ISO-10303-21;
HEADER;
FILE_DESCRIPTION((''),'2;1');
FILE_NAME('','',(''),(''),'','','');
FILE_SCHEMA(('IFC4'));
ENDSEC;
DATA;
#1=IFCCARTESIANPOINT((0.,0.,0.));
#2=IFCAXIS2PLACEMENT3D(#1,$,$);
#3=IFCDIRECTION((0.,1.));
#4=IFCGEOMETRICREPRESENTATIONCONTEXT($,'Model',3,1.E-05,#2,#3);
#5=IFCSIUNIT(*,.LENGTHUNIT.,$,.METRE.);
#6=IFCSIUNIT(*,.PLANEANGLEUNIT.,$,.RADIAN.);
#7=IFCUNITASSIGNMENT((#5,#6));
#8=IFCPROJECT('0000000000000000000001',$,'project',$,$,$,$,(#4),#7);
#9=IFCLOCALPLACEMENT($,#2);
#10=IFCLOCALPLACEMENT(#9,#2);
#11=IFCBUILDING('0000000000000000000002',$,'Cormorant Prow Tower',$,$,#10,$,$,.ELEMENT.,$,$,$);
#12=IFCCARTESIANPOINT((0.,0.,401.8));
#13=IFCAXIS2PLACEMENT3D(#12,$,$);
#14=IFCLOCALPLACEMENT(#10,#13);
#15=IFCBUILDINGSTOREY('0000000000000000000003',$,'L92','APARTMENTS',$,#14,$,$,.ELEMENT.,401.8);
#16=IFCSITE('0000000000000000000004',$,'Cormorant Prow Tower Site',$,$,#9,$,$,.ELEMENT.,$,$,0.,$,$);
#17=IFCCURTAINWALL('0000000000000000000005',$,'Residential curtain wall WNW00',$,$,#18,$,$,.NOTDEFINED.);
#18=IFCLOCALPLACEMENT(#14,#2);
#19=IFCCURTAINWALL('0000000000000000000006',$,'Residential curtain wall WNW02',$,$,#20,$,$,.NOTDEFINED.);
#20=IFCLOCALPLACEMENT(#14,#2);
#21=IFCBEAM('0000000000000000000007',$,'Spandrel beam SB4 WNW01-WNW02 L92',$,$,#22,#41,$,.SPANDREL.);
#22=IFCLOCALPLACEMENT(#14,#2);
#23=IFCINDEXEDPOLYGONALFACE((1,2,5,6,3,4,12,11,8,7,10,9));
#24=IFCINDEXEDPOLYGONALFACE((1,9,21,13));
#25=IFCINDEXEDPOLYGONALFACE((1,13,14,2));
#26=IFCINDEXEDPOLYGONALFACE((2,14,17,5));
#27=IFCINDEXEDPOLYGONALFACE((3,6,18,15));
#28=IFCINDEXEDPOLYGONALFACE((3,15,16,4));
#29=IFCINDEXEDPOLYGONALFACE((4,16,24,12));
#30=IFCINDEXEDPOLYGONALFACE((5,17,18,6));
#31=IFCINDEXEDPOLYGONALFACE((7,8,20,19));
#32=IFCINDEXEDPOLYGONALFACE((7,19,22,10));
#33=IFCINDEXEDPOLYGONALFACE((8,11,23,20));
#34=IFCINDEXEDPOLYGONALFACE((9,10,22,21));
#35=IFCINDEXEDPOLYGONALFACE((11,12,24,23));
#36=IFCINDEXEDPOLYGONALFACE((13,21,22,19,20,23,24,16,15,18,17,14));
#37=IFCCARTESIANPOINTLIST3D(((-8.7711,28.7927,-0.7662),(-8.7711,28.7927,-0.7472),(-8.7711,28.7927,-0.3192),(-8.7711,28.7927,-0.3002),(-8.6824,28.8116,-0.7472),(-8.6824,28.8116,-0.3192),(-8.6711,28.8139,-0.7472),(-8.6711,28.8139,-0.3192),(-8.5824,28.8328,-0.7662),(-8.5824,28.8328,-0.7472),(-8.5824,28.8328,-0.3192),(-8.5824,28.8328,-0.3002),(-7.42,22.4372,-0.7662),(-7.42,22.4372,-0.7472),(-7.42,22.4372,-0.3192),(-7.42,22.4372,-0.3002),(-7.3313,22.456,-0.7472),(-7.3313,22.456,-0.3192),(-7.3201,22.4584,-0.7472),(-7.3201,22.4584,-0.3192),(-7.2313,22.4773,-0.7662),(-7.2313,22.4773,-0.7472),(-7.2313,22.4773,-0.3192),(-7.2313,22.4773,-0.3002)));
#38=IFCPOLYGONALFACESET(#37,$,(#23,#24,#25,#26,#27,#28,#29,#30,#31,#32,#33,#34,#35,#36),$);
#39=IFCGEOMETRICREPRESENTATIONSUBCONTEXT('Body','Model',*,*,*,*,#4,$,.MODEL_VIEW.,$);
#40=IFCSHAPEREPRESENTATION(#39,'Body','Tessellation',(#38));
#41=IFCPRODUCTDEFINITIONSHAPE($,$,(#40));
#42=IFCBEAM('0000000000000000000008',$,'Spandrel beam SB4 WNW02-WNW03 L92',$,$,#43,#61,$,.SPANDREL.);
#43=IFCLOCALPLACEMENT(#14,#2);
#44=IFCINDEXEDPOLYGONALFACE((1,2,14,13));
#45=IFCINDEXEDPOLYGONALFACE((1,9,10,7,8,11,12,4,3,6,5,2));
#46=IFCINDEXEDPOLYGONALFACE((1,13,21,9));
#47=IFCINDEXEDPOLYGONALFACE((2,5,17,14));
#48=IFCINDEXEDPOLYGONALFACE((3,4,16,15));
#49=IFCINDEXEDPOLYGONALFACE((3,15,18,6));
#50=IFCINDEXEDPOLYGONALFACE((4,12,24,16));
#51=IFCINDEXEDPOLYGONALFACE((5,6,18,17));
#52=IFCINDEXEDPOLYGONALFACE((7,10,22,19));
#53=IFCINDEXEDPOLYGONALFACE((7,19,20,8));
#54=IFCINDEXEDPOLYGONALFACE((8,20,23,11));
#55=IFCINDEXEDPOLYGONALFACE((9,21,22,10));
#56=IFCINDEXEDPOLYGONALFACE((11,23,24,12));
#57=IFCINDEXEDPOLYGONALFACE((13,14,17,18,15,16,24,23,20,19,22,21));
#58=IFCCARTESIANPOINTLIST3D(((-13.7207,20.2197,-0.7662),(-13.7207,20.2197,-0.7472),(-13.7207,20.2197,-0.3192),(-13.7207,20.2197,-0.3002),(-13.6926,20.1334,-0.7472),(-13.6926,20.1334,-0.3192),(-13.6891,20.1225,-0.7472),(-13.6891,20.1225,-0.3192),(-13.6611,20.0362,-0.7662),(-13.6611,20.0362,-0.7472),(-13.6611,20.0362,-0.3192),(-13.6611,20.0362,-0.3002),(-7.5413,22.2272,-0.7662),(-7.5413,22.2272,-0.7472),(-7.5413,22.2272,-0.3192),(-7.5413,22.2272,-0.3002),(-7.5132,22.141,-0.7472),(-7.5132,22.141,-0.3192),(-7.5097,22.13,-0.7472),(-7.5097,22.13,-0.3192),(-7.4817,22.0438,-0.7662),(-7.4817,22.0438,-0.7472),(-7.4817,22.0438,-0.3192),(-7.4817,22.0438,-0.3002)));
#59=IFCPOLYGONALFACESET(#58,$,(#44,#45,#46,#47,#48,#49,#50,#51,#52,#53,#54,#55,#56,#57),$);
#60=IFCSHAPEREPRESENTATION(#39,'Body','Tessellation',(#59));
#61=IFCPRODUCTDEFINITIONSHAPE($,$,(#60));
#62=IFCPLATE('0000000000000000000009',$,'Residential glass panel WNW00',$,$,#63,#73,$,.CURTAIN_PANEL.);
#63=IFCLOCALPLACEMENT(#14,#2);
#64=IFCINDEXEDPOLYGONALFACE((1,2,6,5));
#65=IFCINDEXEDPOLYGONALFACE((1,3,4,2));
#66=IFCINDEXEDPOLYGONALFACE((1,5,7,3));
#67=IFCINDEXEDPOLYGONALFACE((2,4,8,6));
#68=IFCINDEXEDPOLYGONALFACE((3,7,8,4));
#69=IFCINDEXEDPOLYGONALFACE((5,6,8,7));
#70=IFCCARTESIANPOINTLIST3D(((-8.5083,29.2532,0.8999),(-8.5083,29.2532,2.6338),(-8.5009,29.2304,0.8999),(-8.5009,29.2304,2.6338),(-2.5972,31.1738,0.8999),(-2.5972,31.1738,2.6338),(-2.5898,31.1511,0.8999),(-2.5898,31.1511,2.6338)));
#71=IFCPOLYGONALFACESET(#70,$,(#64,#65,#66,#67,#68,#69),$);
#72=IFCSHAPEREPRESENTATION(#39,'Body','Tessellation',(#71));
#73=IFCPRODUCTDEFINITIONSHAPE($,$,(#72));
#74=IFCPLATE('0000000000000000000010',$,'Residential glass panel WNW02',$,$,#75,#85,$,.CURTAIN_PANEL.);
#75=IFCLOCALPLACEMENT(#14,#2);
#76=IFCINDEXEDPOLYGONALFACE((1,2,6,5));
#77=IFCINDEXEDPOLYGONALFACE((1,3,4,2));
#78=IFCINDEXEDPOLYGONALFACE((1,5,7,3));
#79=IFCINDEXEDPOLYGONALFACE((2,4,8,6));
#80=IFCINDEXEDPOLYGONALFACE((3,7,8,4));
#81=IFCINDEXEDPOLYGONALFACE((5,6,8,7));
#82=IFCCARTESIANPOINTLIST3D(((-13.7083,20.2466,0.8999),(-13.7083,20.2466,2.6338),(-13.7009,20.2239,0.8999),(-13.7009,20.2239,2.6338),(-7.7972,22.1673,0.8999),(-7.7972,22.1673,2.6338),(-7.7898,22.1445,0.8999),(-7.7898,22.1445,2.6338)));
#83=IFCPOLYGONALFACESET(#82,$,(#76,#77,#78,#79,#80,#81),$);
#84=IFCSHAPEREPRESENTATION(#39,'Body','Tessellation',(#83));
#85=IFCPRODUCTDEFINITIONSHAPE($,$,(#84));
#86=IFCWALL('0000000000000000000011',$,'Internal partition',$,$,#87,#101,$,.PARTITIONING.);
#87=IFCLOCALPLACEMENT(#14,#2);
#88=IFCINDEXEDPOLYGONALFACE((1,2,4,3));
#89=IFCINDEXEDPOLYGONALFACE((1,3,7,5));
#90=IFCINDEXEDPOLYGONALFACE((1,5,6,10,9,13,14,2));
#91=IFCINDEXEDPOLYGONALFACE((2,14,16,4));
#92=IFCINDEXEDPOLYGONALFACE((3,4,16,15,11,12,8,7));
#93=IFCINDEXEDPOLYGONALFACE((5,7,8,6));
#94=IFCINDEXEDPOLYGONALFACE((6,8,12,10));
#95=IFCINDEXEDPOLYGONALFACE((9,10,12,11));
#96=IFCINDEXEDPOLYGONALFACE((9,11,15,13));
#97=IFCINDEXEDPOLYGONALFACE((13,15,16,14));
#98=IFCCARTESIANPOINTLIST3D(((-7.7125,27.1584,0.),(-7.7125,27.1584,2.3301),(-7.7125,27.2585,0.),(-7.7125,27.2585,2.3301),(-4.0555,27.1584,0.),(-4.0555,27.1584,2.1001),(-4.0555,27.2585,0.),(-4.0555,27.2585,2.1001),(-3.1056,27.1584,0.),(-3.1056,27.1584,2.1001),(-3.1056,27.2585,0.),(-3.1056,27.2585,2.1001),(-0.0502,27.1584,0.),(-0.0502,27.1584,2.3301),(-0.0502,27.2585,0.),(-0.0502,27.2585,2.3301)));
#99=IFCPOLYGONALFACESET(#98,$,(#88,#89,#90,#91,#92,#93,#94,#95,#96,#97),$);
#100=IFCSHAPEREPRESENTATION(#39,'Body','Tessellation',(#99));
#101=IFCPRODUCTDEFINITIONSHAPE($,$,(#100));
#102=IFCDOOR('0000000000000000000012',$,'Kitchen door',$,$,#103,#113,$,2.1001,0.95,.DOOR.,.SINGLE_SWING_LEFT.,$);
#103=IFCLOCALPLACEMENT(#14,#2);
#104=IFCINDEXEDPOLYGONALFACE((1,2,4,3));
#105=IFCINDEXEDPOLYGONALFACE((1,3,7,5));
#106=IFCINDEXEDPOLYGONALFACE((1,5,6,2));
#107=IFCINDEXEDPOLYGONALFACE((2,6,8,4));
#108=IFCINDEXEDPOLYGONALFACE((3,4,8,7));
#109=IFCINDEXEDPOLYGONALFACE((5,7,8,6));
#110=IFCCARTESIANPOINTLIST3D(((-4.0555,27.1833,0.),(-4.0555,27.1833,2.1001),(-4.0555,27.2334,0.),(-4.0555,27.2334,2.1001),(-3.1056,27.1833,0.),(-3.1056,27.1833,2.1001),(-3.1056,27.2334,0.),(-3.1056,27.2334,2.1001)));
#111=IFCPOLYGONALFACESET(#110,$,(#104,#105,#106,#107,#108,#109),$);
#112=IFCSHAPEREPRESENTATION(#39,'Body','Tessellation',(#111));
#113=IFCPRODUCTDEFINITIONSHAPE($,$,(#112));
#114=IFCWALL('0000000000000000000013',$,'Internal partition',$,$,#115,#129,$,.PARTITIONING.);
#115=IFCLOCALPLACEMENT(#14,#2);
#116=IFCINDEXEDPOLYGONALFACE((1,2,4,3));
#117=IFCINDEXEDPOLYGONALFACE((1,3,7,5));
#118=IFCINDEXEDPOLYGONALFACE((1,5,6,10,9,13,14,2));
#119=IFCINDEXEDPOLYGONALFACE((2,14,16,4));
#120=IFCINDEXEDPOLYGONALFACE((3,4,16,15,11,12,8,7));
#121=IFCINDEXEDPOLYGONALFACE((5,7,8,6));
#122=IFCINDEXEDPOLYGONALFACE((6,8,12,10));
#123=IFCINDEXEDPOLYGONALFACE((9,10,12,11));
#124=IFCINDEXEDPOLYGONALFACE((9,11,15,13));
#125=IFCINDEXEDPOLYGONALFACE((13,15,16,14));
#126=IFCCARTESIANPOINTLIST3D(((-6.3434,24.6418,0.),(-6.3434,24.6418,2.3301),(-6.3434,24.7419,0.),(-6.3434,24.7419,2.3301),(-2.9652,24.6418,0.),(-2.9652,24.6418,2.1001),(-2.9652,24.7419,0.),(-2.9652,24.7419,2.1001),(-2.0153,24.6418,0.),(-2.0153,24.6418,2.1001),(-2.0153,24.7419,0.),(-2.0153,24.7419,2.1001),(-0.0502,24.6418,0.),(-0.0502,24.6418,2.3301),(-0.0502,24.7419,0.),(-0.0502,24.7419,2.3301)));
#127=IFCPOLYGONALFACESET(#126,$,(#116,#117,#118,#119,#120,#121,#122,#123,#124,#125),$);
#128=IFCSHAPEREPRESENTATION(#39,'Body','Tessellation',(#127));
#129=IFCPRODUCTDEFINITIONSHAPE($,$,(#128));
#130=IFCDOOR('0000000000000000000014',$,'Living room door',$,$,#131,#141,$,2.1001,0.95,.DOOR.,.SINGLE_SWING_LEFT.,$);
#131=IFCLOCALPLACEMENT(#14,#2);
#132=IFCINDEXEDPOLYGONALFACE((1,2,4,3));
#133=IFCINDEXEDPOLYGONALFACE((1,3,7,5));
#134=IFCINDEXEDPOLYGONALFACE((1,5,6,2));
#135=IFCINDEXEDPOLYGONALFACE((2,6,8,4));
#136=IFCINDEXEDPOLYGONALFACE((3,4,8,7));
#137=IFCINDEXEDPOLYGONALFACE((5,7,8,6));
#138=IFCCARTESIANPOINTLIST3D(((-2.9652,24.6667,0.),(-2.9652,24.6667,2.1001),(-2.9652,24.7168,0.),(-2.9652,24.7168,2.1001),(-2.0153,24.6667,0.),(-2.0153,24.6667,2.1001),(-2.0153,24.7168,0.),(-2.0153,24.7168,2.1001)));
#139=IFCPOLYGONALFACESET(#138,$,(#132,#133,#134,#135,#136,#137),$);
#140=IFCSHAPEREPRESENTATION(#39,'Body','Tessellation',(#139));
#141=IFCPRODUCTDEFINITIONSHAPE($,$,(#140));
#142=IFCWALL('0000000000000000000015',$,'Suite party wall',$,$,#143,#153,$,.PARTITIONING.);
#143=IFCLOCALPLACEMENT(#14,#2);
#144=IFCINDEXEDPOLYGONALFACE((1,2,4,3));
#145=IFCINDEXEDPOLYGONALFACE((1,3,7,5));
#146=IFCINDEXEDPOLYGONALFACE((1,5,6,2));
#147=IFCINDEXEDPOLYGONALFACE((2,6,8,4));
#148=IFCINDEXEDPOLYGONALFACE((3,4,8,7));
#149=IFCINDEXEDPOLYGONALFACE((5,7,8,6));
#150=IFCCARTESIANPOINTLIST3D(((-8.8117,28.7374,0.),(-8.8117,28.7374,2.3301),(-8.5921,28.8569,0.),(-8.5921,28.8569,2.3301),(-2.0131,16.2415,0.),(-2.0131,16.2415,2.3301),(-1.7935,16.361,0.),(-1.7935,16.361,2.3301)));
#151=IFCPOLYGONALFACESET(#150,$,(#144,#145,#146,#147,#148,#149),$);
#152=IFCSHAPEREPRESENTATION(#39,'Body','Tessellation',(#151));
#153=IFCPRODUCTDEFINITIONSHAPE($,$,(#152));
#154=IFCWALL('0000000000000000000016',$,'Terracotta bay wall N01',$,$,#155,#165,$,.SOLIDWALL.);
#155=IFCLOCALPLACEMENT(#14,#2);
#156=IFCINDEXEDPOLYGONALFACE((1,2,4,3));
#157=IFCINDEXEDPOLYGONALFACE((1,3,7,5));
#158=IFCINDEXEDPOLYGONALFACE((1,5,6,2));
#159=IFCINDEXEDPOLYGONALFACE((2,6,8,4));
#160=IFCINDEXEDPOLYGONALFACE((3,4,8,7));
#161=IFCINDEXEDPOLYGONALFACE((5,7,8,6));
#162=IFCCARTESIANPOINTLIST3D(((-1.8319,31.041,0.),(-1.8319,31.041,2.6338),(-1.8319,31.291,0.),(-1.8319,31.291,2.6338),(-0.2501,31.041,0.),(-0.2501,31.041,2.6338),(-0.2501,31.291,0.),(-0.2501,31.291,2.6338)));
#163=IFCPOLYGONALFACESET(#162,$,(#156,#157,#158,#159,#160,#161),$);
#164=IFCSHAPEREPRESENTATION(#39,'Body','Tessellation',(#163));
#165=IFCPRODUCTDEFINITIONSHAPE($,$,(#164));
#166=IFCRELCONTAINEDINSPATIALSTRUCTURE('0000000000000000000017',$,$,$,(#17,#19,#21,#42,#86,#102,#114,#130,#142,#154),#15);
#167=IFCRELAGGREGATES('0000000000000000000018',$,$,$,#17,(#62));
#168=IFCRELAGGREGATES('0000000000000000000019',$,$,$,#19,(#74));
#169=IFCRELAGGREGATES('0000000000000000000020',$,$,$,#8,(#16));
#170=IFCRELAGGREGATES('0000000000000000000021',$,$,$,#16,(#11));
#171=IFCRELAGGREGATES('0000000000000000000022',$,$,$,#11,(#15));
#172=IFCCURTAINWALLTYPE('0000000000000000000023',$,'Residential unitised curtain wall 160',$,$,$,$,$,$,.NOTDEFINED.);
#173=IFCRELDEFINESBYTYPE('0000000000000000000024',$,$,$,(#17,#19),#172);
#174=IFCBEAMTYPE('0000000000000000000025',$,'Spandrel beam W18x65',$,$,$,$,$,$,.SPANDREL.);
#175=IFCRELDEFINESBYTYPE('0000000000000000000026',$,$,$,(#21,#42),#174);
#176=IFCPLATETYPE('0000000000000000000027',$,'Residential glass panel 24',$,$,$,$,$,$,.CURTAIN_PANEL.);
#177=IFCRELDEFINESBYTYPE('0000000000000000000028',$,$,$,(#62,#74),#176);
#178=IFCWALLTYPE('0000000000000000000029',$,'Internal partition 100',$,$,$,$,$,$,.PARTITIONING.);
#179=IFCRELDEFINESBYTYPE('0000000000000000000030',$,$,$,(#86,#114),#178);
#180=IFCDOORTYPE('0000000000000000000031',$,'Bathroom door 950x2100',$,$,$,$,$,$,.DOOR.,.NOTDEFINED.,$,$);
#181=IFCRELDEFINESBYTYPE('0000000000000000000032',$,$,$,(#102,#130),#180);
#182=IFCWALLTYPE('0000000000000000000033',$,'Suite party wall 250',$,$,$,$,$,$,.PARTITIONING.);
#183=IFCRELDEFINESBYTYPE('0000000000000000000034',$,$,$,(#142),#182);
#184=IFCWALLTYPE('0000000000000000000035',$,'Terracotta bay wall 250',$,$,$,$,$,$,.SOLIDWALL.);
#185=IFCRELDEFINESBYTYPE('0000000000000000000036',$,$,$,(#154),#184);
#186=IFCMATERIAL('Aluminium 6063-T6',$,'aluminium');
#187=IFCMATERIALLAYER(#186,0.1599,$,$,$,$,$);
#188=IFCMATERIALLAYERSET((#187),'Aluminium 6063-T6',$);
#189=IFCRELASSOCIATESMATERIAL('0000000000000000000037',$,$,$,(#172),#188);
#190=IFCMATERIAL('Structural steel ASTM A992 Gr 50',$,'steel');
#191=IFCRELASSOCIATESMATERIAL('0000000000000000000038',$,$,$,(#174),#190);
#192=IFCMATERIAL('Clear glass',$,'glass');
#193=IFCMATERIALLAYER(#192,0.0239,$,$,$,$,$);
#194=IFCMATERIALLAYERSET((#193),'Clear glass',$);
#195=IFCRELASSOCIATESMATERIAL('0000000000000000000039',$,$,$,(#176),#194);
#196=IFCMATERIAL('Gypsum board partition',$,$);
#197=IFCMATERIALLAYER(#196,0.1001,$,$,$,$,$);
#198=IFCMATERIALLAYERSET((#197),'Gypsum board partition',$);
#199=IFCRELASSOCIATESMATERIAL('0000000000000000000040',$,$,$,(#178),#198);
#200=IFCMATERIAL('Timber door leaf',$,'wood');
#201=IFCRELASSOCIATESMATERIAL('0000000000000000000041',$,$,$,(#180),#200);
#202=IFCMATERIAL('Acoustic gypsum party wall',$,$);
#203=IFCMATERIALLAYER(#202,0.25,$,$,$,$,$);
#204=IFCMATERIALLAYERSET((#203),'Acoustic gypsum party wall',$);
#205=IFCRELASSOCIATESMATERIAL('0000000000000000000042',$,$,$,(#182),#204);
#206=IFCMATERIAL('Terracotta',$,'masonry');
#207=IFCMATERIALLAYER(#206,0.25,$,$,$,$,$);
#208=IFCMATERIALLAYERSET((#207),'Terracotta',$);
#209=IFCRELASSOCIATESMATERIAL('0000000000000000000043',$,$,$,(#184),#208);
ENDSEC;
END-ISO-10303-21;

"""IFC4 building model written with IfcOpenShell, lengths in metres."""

from ifc_helpers import new_model, si_unit, direction, frame, frame_2d, origin, origin_2d, place, context, subcontext, project, spatial, rectangle, i_section, extrude, material, layer, layer_set, material_profile, profile_set, type_object, element, fill, aggregate, save


model = new_model("IFC4")

# Units and contexts
model_context = context("Model", 3, precision=1e-05, world=origin(), true_north=direction((0.0, 1.0)))
body_context = subcontext(model_context, "Body", "Model", "MODEL_VIEW")
ifc_project = project(units=[si_unit("LENGTHUNIT", "METRE"), si_unit("PLANEANGLEUNIT", "RADIAN")], contexts=[model_context])

# Site, building, storey
site_placement = place(None, origin())
site = spatial("IfcSite", under=ifc_project, at=site_placement, Name="Cormorant Prow Tower Site", CompositionType="ELEMENT", RefElevation=0.0)
building_placement = place(site_placement, origin())
building = spatial("IfcBuilding", under=site, at=building_placement, Name="Cormorant Prow Tower", CompositionType="ELEMENT")
storey_placement = place(building_placement, frame((0.0, 0.0, 401.8)))
storey = spatial("IfcBuildingStorey", under=building, at=storey_placement, Name="L92", Description="APARTMENTS", CompositionType="ELEMENT", Elevation=401.8)

# Curtain walls
ifc_material_1 = material(Name="Aluminium 6063-T6", Category="aluminium")
ifc_layer_1 = layer(ifc_material_1, 0.1599)
ifc_layer_set_1 = layer_set([ifc_layer_1], Name="Aluminium 6063-T6")
curtain_wall_type = type_object("IfcCurtainWallType", Name="Residential unitised curtain wall 160", PredefinedType="NOTDEFINED", material=ifc_layer_set_1)
curtain_wall_1_placement = place(storey_placement, origin())
curtain_wall_1 = element("IfcCurtainWall", 1, at=curtain_wall_1_placement, inside=storey, type_object=curtain_wall_type, Name="Residential curtain wall WNW00", PredefinedType="NOTDEFINED")
curtain_wall_2_placement = place(storey_placement, origin())
curtain_wall_2 = element("IfcCurtainWall", 2, at=curtain_wall_2_placement, inside=storey, type_object=curtain_wall_type, Name="Residential curtain wall WNW02", PredefinedType="NOTDEFINED")

# Beams
ifc_material_2 = material(Name="Structural steel ASTM A992 Gr 50", Category="steel")
ifc_material_profile_1 = material_profile(ifc_material_2, i_section(OverallWidth=0.1929, OverallDepth=0.4661, WebThickness=0.0115, FlangeThickness=0.019, at=origin_2d()), Name="W18x65")
ifc_profile_set_1 = profile_set([ifc_material_profile_1], Name="Structural steel ASTM A992 Gr 50")
beam_type = type_object("IfcBeamType", Name="Spandrel beam W18x65", PredefinedType="SPANDREL", material=ifc_profile_set_1)
for number, where, z_axis, x_axis, name in (
    (3, (-8.6768, 28.8127, -0.5332), (0.207938, -0.978142, 0.0), (0.978142, 0.207938, 0.0), "Spandrel beam SB4 WNW01-WNW02 L92"),
):
    element("IfcBeam", number, at=place(storey_placement, frame(where, z_axis=z_axis, x_axis=x_axis)), inside=storey, type_object=beam_type, Name=name, PredefinedType="SPANDREL", context=body_context, shape_type="SweptSolid", body=[
        extrude(i_section(OverallWidth=0.1929, OverallDepth=0.4661, WebThickness=0.0115, FlangeThickness=0.019, at=origin_2d()), origin(), (0.0, 0.0, 1.0), 6.4976),
    ])
beam_1_placement = place(storey_placement, frame((-7.5115, 22.1355, -0.5332), z_axis=(-0.951068, -0.308982, 0.0), x_axis=(0.308982, -0.951068, 0.0)))
element("IfcBeam", 4, at=beam_1_placement, inside=storey, type_object=beam_type, Name="Spandrel beam SB4 WNW02-WNW03 L92", PredefinedType="SPANDREL", context=body_context, shape_type="SweptSolid", body=[
    extrude(i_section(OverallWidth=0.1929, OverallDepth=0.4661, WebThickness=0.0115, FlangeThickness=0.019, at=origin_2d()), origin(), (0.0, 0.0, 1.0), 6.4973),
])

# Plates
ifc_material_3 = material(Name="Clear glass", Category="glass")
ifc_layer_2 = layer(ifc_material_3, 0.0239)
ifc_layer_set_2 = layer_set([ifc_layer_2], Name="Clear glass")
plate_type = type_object("IfcPlateType", Name="Residential glass panel 24", PredefinedType="CURTAIN_PANEL", material=ifc_layer_set_2)
plate_1_placement = place(storey_placement, frame((-5.5491, 30.2021, 0.8999), z_axis=(0.0, 0.0, 1.0), x_axis=(-0.951057, -0.309017, 0.0)))
plate_1 = element("IfcPlate", 5, at=plate_1_placement, type_object=plate_type, Name="Residential glass panel WNW00", PredefinedType="CURTAIN_PANEL", context=body_context, shape_type="SweptSolid", body=[
    extrude(rectangle(XDim=6.2153, YDim=0.0239, at=origin_2d()), origin(), (0.0, 0.0, 1.0), 1.7339),
])
aggregate(curtain_wall_1, [plate_1])
plate_2_placement = place(storey_placement, frame((-10.749, 21.1956, 0.8999), z_axis=(0.0, 0.0, 1.0), x_axis=(-0.951057, -0.309017, 0.0)))
plate_2 = element("IfcPlate", 6, at=plate_2_placement, type_object=plate_type, Name="Residential glass panel WNW02", PredefinedType="CURTAIN_PANEL", context=body_context, shape_type="SweptSolid", body=[
    extrude(rectangle(XDim=6.2153, YDim=0.0239, at=origin_2d()), origin(), (0.0, 0.0, 1.0), 1.7339),
])
aggregate(curtain_wall_2, [plate_2])

# Walls, openings, doors
ifc_material_4 = material(Name="Gypsum board partition")
ifc_layer_3 = layer(ifc_material_4, 0.1001)
ifc_layer_set_3 = layer_set([ifc_layer_3], Name="Gypsum board partition")
wall_type_1 = type_object("IfcWallType", Name="Internal partition 100", PredefinedType="PARTITIONING", material=ifc_layer_set_3)
wall_1_placement = place(storey_placement, frame((-7.7124, 27.2085, 0.0), z_axis=(0.0, 0.0, 1.0), x_axis=(1.0, 0.0, 0.0)))
wall_1 = element("IfcWall", 7, at=wall_1_placement, inside=storey, type_object=wall_type_1, Name="Internal partition", PredefinedType="PARTITIONING", context=body_context, shape_type="SweptSolid", body=[
    extrude(rectangle(XDim=7.6624, YDim=0.1001, at=frame_2d((3.8311, 0.0))), origin(), (0.0, 0.0, 1.0), 2.3301),
])
opening_1_placement = place(wall_1_placement, frame((3.6567, 0.0, 0.0)))
opening_1 = element("IfcOpeningElement", 8, at=opening_1_placement, cuts=wall_1, PredefinedType="OPENING", context=body_context, shape_type="SweptSolid", body=[
    extrude(rectangle(XDim=0.95, YDim=2.1001, at=frame_2d((0.4751, 1.05))), frame((0.0, 0.0601, 0.0), z_axis=(0.0, -1.0, 0.0), x_axis=(1.0, 0.0, 0.0)), (0.0, 0.0, 1.0), 0.1201),
])
ifc_material_5 = material(Name="Timber door leaf", Category="wood")
door_type_1 = type_object("IfcDoorType", Name="Bathroom door 950x2100", OperationType="NOTDEFINED", PredefinedType="DOOR", material=ifc_material_5)
door_1_placement = place(opening_1_placement, origin())
door_1 = element("IfcDoor", 9, at=door_1_placement, inside=storey, type_object=door_type_1, Name="Kitchen door", OperationType="SINGLE_SWING_LEFT", OverallHeight=2.1001, OverallWidth=0.95, PredefinedType="DOOR", context=body_context, shape_type="SweptSolid", body=[
    extrude(rectangle(XDim=0.95, YDim=2.1001, at=frame_2d((0.4751, 1.05))), frame((0.0, 0.0249, 0.0), z_axis=(0.0, -1.0, 0.0), x_axis=(1.0, 0.0, 0.0)), (0.0, 0.0, 1.0), 0.05),
])
fill(opening_1, door_1)
wall_2_placement = place(storey_placement, frame((-6.3433, 24.6919, 0.0), z_axis=(0.0, 0.0, 1.0), x_axis=(1.0, 0.0, 0.0)))
wall_2 = element("IfcWall", 10, at=wall_2_placement, inside=storey, type_object=wall_type_1, Name="Internal partition", PredefinedType="PARTITIONING", context=body_context, shape_type="SweptSolid", body=[
    extrude(rectangle(XDim=6.2932, YDim=0.1001, at=frame_2d((3.1465, 0.0))), origin(), (0.0, 0.0, 1.0), 2.3301),
])
opening_2_placement = place(wall_2_placement, frame((3.3779, 0.0, 0.0)))
opening_2 = element("IfcOpeningElement", 11, at=opening_2_placement, cuts=wall_2, PredefinedType="OPENING", context=body_context, shape_type="SweptSolid", body=[
    extrude(rectangle(XDim=0.95, YDim=2.1001, at=frame_2d((0.4751, 1.05))), frame((0.0, 0.0601, 0.0), z_axis=(0.0, -1.0, 0.0), x_axis=(1.0, 0.0, 0.0)), (0.0, 0.0, 1.0), 0.1201),
])
door_2_placement = place(opening_2_placement, origin())
door_2 = element("IfcDoor", 12, at=door_2_placement, inside=storey, type_object=door_type_1, Name="Living room door", OperationType="SINGLE_SWING_LEFT", OverallHeight=2.1001, OverallWidth=0.95, PredefinedType="DOOR", context=body_context, shape_type="SweptSolid", body=[
    extrude(rectangle(XDim=0.95, YDim=2.1001, at=frame_2d((0.4751, 1.05))), frame((0.0, 0.0249, 0.0), z_axis=(0.0, -1.0, 0.0), x_axis=(1.0, 0.0, 0.0)), (0.0, 0.0, 1.0), 0.05),
])
fill(opening_2, door_2)

# Walls
ifc_material_6 = material(Name="Acoustic gypsum party wall")
ifc_layer_4 = layer(ifc_material_6, 0.25)
ifc_layer_set_4 = layer_set([ifc_layer_4], Name="Acoustic gypsum party wall")
wall_type_2 = type_object("IfcWallType", Name="Suite party wall 250", PredefinedType="PARTITIONING", material=ifc_layer_set_4)
wall_3_placement = place(storey_placement, frame((-8.7019, 28.7971, 0.0), z_axis=(0.0, 0.0, 1.0), x_axis=(0.477913, -0.878407, 0.0)))
element("IfcWall", 13, at=wall_3_placement, inside=storey, type_object=wall_type_2, Name="Suite party wall", PredefinedType="PARTITIONING", context=body_context, shape_type="SweptSolid", body=[
    extrude(rectangle(XDim=14.2256, YDim=0.25, at=frame_2d((7.1128, 0.0))), origin(), (0.0, 0.0, 1.0), 2.3301),
])
ifc_material_7 = material(Name="Terracotta", Category="masonry")
ifc_layer_5 = layer(ifc_material_7, 0.25)
ifc_layer_set_5 = layer_set([ifc_layer_5], Name="Terracotta")
wall_type_3 = type_object("IfcWallType", Name="Terracotta bay wall 250", PredefinedType="SOLIDWALL", material=ifc_layer_set_5)
wall_4_placement = place(storey_placement, frame((-0.25, 31.166, 0.0), z_axis=(0.0, 0.0, 1.0), x_axis=(-1.0, 0.0, 0.0)))
element("IfcWall", 14, at=wall_4_placement, inside=storey, type_object=wall_type_3, Name="Terracotta bay wall N01", PredefinedType="SOLIDWALL", context=body_context, shape_type="SweptSolid", body=[
    extrude(rectangle(XDim=1.5818, YDim=0.25, at=frame_2d((0.791, 0.0))), origin(), (0.0, 0.0, 1.0), 2.6338),
])

save(model, "model.ifc")
